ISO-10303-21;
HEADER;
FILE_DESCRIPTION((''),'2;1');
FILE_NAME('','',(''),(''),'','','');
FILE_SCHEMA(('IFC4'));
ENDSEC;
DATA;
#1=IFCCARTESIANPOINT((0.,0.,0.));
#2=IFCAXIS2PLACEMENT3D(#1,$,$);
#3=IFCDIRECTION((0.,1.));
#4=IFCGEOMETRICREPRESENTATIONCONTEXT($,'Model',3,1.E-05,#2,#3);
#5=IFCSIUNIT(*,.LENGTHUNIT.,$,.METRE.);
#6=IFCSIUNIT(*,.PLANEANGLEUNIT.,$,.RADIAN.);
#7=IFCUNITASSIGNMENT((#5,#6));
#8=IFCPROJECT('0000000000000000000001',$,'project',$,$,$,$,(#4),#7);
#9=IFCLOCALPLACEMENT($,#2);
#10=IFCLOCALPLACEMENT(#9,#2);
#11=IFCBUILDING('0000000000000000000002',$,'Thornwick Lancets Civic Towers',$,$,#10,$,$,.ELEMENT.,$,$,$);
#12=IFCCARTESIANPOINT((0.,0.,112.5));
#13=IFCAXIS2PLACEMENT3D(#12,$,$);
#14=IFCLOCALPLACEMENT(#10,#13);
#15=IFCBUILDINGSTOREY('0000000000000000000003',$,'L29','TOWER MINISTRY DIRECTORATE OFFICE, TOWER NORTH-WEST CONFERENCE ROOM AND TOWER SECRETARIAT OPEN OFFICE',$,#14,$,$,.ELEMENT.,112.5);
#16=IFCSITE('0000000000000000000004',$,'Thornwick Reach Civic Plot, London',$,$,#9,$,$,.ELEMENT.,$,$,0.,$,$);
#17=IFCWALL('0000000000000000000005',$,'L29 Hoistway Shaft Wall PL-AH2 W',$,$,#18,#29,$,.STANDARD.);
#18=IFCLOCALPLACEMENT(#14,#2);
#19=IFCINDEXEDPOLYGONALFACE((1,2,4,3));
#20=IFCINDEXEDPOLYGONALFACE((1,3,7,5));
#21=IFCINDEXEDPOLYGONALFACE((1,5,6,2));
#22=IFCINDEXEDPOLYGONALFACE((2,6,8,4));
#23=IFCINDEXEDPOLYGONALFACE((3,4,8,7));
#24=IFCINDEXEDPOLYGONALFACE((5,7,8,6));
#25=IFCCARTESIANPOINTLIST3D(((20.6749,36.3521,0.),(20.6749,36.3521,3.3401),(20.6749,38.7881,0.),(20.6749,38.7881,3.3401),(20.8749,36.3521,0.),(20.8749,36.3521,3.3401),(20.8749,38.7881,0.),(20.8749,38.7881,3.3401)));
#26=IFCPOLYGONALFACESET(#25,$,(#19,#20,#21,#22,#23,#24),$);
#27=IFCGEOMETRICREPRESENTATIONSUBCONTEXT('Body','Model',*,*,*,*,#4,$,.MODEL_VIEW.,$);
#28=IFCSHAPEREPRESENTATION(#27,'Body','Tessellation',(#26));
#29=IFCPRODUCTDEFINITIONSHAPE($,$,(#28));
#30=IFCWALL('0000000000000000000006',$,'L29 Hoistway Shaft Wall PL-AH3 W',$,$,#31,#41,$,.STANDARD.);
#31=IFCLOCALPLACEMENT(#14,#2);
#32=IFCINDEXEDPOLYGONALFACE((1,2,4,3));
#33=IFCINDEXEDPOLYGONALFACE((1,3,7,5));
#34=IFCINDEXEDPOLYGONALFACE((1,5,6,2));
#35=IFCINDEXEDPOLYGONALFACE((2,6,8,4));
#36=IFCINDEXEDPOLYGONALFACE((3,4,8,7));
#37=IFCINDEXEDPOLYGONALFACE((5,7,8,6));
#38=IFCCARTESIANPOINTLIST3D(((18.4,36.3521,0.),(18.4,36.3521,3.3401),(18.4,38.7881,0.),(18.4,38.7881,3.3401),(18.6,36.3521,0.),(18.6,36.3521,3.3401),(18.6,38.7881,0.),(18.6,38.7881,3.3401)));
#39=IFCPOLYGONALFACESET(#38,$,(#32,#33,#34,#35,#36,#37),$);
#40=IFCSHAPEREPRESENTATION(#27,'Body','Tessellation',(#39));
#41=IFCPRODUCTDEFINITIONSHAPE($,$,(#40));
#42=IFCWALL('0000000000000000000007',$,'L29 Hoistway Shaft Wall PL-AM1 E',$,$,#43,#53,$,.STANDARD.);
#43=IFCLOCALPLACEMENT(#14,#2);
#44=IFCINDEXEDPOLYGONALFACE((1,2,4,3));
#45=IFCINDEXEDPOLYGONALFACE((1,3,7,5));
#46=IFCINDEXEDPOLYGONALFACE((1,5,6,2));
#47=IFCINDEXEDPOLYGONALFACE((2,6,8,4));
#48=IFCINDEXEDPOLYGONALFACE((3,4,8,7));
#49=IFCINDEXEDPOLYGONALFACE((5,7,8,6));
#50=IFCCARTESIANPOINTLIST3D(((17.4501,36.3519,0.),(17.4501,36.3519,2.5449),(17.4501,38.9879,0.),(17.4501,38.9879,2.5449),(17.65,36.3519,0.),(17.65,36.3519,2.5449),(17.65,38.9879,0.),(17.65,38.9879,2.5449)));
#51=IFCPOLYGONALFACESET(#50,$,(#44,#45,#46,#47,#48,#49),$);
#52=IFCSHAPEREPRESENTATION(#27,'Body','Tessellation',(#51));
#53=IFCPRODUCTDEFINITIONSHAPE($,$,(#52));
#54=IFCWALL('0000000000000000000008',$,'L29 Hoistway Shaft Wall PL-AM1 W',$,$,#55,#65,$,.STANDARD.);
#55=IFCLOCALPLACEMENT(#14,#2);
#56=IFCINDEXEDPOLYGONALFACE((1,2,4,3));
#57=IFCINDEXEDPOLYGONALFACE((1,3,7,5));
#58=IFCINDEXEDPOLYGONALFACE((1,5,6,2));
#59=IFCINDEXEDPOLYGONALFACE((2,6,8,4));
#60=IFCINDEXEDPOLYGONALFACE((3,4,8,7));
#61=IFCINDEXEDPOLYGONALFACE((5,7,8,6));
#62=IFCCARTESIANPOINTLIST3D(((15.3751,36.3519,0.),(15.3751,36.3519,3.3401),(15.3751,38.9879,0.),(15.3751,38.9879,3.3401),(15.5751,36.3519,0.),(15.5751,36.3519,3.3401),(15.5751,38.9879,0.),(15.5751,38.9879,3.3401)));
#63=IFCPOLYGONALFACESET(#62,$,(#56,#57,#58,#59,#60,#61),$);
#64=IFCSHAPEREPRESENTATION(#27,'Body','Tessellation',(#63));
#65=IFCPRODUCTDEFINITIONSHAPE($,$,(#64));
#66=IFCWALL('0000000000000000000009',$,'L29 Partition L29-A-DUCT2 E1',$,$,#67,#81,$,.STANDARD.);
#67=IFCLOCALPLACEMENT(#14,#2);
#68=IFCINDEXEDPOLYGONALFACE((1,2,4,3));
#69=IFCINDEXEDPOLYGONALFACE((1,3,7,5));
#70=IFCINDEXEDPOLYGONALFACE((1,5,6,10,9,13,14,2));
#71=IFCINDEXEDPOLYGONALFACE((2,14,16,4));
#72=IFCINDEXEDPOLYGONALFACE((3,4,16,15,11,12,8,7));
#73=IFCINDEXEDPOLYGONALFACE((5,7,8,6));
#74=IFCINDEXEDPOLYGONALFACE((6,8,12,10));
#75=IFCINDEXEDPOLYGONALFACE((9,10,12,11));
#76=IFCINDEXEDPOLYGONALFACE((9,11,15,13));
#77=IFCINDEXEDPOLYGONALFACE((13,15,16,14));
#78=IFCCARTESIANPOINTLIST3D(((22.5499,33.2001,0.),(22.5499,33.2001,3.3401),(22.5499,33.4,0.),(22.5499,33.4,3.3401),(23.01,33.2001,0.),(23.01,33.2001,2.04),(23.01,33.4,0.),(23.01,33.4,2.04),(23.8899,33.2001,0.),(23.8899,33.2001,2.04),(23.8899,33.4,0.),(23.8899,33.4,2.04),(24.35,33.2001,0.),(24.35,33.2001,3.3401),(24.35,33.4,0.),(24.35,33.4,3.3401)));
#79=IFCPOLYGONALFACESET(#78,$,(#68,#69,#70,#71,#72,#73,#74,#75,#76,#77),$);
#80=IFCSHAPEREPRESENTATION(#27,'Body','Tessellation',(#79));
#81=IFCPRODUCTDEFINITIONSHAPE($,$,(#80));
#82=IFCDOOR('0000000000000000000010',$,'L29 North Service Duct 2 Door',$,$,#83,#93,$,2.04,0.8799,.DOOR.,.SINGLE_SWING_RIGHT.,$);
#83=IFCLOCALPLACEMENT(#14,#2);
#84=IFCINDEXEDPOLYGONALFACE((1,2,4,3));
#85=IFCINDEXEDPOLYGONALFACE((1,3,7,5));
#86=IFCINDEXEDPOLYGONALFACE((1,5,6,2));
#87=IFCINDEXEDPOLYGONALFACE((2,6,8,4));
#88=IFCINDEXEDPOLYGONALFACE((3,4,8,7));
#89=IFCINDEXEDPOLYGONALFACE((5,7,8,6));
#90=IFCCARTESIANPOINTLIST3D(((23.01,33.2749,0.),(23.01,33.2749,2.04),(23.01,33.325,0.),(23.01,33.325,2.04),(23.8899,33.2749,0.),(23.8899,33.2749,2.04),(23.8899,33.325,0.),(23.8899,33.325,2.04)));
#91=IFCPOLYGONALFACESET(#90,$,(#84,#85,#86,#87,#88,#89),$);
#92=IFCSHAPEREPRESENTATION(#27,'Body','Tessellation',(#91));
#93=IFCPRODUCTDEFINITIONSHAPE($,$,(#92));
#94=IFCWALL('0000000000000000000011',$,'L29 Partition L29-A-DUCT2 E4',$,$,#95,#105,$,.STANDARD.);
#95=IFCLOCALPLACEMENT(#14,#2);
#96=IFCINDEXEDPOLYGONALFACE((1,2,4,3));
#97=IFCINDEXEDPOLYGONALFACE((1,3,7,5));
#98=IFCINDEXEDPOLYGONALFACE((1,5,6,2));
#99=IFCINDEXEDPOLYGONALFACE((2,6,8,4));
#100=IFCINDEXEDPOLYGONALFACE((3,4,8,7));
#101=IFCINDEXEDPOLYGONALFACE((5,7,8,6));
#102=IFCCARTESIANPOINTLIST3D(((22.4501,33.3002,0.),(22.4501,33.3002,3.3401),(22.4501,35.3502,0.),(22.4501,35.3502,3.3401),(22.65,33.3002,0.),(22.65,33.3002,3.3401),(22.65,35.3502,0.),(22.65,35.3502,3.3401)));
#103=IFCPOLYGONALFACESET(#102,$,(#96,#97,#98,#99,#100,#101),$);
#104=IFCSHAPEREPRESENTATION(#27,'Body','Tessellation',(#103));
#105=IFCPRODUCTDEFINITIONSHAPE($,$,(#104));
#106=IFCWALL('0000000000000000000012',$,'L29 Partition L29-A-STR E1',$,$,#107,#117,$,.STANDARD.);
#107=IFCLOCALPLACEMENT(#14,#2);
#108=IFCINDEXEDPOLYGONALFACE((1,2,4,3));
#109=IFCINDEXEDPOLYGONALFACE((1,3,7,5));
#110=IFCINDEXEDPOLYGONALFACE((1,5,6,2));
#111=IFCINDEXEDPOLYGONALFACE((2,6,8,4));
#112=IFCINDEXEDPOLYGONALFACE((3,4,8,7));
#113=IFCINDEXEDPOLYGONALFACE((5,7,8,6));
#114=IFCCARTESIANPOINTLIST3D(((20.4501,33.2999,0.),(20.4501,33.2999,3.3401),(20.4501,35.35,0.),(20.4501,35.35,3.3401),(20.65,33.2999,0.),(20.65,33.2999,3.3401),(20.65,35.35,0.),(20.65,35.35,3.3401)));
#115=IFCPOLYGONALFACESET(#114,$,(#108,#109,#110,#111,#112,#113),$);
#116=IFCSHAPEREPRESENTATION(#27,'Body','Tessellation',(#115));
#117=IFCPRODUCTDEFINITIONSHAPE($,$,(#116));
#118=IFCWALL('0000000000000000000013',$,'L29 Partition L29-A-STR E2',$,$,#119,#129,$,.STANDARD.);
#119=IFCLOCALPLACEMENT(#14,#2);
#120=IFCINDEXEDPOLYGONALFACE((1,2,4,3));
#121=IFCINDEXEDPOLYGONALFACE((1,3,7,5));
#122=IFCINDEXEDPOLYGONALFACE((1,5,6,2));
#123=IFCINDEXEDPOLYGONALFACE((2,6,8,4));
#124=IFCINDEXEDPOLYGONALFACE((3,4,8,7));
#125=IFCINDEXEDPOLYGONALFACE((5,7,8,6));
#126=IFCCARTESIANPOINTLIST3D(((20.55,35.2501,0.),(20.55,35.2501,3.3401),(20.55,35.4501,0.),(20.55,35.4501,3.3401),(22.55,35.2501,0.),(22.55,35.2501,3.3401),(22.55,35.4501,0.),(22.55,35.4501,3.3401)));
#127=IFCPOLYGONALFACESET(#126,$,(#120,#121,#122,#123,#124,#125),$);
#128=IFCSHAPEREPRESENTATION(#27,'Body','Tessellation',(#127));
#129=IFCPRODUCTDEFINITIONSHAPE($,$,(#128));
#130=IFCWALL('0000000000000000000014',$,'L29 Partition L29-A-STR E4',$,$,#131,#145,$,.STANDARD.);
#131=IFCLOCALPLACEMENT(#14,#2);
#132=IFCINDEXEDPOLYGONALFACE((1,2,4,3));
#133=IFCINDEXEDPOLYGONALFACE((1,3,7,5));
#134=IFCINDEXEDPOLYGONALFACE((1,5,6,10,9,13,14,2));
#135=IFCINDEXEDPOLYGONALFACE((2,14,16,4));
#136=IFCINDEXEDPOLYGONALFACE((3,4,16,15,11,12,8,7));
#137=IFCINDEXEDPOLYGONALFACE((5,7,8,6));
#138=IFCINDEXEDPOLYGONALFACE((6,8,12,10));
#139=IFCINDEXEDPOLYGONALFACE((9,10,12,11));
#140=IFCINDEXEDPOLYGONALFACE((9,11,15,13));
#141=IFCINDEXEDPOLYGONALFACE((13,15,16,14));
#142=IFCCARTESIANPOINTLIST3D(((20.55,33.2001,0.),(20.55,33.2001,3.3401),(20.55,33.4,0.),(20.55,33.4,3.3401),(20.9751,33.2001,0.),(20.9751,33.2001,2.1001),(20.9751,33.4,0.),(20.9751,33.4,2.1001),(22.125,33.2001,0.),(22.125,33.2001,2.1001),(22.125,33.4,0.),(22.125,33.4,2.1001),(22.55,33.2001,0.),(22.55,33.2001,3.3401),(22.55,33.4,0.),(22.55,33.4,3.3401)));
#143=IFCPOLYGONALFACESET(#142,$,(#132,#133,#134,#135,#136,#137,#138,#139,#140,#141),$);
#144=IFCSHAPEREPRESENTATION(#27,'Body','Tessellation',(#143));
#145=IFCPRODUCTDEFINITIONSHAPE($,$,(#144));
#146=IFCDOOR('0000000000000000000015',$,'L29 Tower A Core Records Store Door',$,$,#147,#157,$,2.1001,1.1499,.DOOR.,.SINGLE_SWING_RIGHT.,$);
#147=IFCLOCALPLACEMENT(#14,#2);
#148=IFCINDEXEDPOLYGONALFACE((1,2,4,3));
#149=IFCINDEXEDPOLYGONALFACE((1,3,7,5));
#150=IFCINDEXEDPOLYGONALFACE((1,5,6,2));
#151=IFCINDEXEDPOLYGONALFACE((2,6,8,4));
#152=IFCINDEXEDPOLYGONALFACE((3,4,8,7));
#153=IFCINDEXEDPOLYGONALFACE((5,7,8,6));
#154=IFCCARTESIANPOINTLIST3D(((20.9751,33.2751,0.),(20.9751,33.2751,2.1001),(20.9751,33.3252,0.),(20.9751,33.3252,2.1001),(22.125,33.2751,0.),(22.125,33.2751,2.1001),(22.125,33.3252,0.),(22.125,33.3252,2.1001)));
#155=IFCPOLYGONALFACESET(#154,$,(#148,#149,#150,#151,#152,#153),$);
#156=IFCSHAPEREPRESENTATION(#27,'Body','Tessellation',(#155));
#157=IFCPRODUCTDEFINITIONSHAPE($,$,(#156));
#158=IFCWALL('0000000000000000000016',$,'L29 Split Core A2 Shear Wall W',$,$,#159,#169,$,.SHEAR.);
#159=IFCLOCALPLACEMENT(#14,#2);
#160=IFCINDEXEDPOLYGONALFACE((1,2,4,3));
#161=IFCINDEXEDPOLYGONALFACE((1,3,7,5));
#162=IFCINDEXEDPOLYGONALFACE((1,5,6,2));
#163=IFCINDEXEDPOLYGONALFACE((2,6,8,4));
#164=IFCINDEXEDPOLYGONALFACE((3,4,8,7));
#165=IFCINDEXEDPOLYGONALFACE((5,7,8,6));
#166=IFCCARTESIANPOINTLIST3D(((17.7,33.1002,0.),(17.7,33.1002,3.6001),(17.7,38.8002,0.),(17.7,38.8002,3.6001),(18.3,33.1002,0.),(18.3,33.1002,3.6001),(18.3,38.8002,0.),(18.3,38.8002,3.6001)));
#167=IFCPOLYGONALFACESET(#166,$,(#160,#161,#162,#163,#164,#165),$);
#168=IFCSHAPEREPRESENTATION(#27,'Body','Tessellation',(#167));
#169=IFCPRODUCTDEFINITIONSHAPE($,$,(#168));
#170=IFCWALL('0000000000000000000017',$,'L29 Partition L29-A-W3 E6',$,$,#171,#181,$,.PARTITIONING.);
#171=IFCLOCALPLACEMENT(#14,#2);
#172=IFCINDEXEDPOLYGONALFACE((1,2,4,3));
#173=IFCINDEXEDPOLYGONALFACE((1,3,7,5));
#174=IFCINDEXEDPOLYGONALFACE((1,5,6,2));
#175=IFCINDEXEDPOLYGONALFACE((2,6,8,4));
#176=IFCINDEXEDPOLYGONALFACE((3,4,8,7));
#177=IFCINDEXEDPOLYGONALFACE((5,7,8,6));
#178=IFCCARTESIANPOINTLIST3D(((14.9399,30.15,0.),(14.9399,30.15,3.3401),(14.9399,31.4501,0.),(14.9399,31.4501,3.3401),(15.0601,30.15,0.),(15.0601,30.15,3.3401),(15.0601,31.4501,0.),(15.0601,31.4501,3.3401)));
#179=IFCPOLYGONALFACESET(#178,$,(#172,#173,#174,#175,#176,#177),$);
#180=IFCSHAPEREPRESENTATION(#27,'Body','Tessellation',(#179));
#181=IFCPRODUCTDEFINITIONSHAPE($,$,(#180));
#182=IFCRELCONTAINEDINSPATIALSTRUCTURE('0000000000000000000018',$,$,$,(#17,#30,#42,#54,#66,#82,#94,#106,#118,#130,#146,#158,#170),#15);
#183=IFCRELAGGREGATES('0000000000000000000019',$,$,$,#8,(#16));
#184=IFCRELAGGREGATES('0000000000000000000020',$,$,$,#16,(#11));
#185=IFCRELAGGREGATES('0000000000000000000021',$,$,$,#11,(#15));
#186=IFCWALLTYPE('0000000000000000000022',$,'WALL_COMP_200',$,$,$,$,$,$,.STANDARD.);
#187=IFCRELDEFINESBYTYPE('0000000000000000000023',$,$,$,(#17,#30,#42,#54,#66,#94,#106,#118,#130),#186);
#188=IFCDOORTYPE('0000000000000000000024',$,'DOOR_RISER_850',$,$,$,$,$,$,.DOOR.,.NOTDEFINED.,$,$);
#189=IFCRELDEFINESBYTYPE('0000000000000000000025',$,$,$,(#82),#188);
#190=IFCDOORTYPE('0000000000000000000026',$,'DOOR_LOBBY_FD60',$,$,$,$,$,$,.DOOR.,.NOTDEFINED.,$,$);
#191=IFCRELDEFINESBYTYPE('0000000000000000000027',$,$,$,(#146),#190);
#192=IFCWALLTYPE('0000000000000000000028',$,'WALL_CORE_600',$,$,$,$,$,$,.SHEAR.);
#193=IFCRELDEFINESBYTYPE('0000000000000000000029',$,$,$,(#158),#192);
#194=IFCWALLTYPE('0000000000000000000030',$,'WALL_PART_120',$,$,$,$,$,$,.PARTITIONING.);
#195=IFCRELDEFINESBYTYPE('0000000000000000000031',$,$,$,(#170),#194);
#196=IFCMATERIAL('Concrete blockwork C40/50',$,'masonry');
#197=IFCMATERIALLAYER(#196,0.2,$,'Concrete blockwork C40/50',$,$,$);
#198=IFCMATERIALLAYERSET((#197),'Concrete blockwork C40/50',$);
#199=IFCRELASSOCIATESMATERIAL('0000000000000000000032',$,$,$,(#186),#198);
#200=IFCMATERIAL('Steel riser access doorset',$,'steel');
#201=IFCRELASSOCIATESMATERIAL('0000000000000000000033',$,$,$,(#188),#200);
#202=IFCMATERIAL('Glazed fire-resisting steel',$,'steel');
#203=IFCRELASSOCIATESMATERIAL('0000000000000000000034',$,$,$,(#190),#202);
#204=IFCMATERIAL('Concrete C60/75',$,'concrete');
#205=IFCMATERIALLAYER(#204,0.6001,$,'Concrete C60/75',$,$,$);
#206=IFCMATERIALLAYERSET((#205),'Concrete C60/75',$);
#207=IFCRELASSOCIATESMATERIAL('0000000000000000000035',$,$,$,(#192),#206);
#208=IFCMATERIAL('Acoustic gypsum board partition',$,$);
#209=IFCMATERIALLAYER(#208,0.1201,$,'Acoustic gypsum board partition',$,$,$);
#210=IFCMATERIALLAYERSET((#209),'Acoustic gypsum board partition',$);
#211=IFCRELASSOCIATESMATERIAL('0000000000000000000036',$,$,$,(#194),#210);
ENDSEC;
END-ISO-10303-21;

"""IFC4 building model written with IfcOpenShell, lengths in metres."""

from ifc_helpers import new_model, si_unit, direction, frame, frame_2d, origin, place, context, subcontext, project, spatial, rectangle, extrude, material, layer, layer_set, type_object, element, fill, save


model = new_model("IFC4")

# Units and contexts
model_context = context("Model", 3, precision=1e-05, world=origin(), true_north=direction((0.0, 1.0)))
body_context = subcontext(model_context, "Body", "Model", "MODEL_VIEW")
ifc_project = project(units=[si_unit("LENGTHUNIT", "METRE"), si_unit("PLANEANGLEUNIT", "RADIAN")], contexts=[model_context])

# Site, building, storey
site_placement = place(None, origin())
site = spatial("IfcSite", under=ifc_project, at=site_placement, Name="Thornwick Reach Civic Plot, London", CompositionType="ELEMENT", RefElevation=0.0)
building_placement = place(site_placement, origin())
building = spatial("IfcBuilding", under=site, at=building_placement, Name="Thornwick Lancets Civic Towers", CompositionType="ELEMENT")
storey_placement = place(building_placement, frame((0.0, 0.0, 112.5)))
storey = spatial("IfcBuildingStorey", under=building, at=storey_placement, Name="L29", Description="TOWER MINISTRY DIRECTORATE OFFICE, TOWER NORTH-WEST CONFERENCE ROOM AND TOWER SECRETARIAT OPEN OFFICE", CompositionType="ELEMENT", Elevation=112.5)

# Walls
ifc_material_1 = material(Name="Concrete blockwork C40/50", Category="masonry")
ifc_layer_1 = layer(ifc_material_1, 0.2, Name="Concrete blockwork C40/50")
ifc_layer_set_1 = layer_set([ifc_layer_1], Name="Concrete blockwork C40/50")
wall_type_1 = type_object("IfcWallType", Name="WALL_COMP_200", PredefinedType="STANDARD", material=ifc_layer_set_1)
for number, where, z_axis, x_axis, name in (
    (1, (20.7749, 36.3521, 0.0), (0.0, 0.0, 1.0), (0.0, 1.0, 0.0), "L29 Hoistway Shaft Wall PL-AH2 W"),
    (2, (18.5, 36.3521, 0.0), (0.0, 0.0, 1.0), (0.0, 1.0, 0.0), "L29 Hoistway Shaft Wall PL-AH3 W"),
):
    element("IfcWall", number, at=place(storey_placement, frame(where, z_axis=z_axis, x_axis=x_axis)), inside=storey, type_object=wall_type_1, Name=name, PredefinedType="STANDARD", context=body_context, shape_type="SweptSolid", body=[
        extrude(rectangle(XDim=2.436, YDim=0.2, at=frame_2d((1.218, 0.0))), origin(), (0.0, 0.0, 1.0), 3.3401),
    ])
wall_1_placement = place(storey_placement, frame((17.55, 36.3521, 0.0), z_axis=(0.0, 0.0, 1.0), x_axis=(0.0, 1.0, 0.0)))
element("IfcWall", 3, at=wall_1_placement, inside=storey, type_object=wall_type_1, Name="L29 Hoistway Shaft Wall PL-AM1 E", PredefinedType="STANDARD", context=body_context, shape_type="SweptSolid", body=[
    extrude(rectangle(XDim=2.636, YDim=0.2, at=frame_2d((1.3179, 0.0))), origin(), (0.0, 0.0, 1.0), 2.5449),
])
wall_2_placement = place(storey_placement, frame((15.4751, 36.3521, 0.0), z_axis=(0.0, 0.0, 1.0), x_axis=(0.0, 1.0, 0.0)))
element("IfcWall", 4, at=wall_2_placement, inside=storey, type_object=wall_type_1, Name="L29 Hoistway Shaft Wall PL-AM1 W", PredefinedType="STANDARD", context=body_context, shape_type="SweptSolid", body=[
    extrude(rectangle(XDim=2.636, YDim=0.2, at=frame_2d((1.3179, 0.0))), origin(), (0.0, 0.0, 1.0), 3.3401),
])

# Wall, opening, door
wall_3_placement = place(storey_placement, frame((22.55, 33.3, 0.0), z_axis=(0.0, 0.0, 1.0), x_axis=(1.0, 0.0, 0.0)))
wall_3 = element("IfcWall", 5, at=wall_3_placement, inside=storey, type_object=wall_type_1, Name="L29 Partition L29-A-DUCT2 E1", PredefinedType="STANDARD", context=body_context, shape_type="SweptSolid", body=[
    extrude(rectangle(XDim=1.8, YDim=0.2, at=frame_2d((0.8999, 0.0))), origin(), (0.0, 0.0, 1.0), 3.3401),
])
opening_1_placement = place(wall_3_placement, frame((0.46, 0.0, 0.0)))
opening_1 = element("IfcOpeningElement", 6, at=opening_1_placement, cuts=wall_3, PredefinedType="OPENING", context=body_context, shape_type="SweptSolid", body=[
    extrude(rectangle(XDim=0.8799, YDim=2.04, at=frame_2d((0.4399, 1.02))), frame((0.0, 0.1099, 0.0), z_axis=(0.0, -1.0, 0.0), x_axis=(1.0, 0.0, 0.0)), (0.0, 0.0, 1.0), 0.22),
])
ifc_material_2 = material(Name="Steel riser access doorset", Category="steel")
door_type_1 = type_object("IfcDoorType", Name="DOOR_RISER_850", OperationType="NOTDEFINED", PredefinedType="DOOR", material=ifc_material_2)
door_1_placement = place(opening_1_placement, origin())
door_1 = element("IfcDoor", 7, at=door_1_placement, inside=storey, type_object=door_type_1, Name="L29 North Service Duct 2 Door", OperationType="SINGLE_SWING_RIGHT", OverallHeight=2.04, OverallWidth=0.8799, PredefinedType="DOOR", context=body_context, shape_type="SweptSolid", body=[
    extrude(rectangle(XDim=0.8799, YDim=2.04, at=frame_2d((0.4399, 1.02))), frame((0.0, 0.0249, 0.0), z_axis=(0.0, -1.0, 0.0), x_axis=(1.0, 0.0, 0.0)), (0.0, 0.0, 1.0), 0.05),
])
fill(opening_1, door_1)

# Walls
for number, where, z_axis, x_axis, name in (
    (8, (22.55, 35.3501, 0.0), (0.0, 0.0, 1.0), (0.0, -1.0, 0.0), "L29 Partition L29-A-DUCT2 E4"),
    (9, (20.55, 33.3, 0.0), (0.0, 0.0, 1.0), (0.0, 1.0, 0.0), "L29 Partition L29-A-STR E1"),
):
    element("IfcWall", number, at=place(storey_placement, frame(where, z_axis=z_axis, x_axis=x_axis)), inside=storey, type_object=wall_type_1, Name=name, PredefinedType="STANDARD", context=body_context, shape_type="SweptSolid", body=[
        extrude(rectangle(XDim=2.05, YDim=0.2, at=frame_2d((1.0249, 0.0))), origin(), (0.0, 0.0, 1.0), 3.3401),
    ])
wall_4_placement = place(storey_placement, frame((20.55, 35.3501, 0.0), z_axis=(0.0, 0.0, 1.0), x_axis=(1.0, 0.0, 0.0)))
element("IfcWall", 10, at=wall_4_placement, inside=storey, type_object=wall_type_1, Name="L29 Partition L29-A-STR E2", PredefinedType="STANDARD", context=body_context, shape_type="SweptSolid", body=[
    extrude(rectangle(XDim=2.0, YDim=0.2, at=frame_2d((1.0, 0.0))), origin(), (0.0, 0.0, 1.0), 3.3401),
])

# Wall, opening, door
wall_5_placement = place(storey_placement, frame((22.55, 33.3, 0.0), z_axis=(0.0, 0.0, 1.0), x_axis=(-1.0, 0.0, 0.0)))
wall_5 = element("IfcWall", 11, at=wall_5_placement, inside=storey, type_object=wall_type_1, Name="L29 Partition L29-A-STR E4", PredefinedType="STANDARD", context=body_context, shape_type="SweptSolid", body=[
    extrude(rectangle(XDim=2.0, YDim=0.2, at=frame_2d((1.0, 0.0))), origin(), (0.0, 0.0, 1.0), 3.3401),
])
opening_2_placement = place(wall_5_placement, frame((0.425, 0.0, 0.0)))
opening_2 = element("IfcOpeningElement", 12, at=opening_2_placement, cuts=wall_5, PredefinedType="OPENING", context=body_context, shape_type="SweptSolid", body=[
    extrude(rectangle(XDim=1.1499, YDim=2.1001, at=frame_2d((0.575, 1.05))), frame((0.0, 0.1099, 0.0), z_axis=(0.0, -1.0, 0.0), x_axis=(1.0, 0.0, 0.0)), (0.0, 0.0, 1.0), 0.22),
])
ifc_material_3 = material(Name="Glazed fire-resisting steel", Category="steel")
door_type_2 = type_object("IfcDoorType", Name="DOOR_LOBBY_FD60", OperationType="NOTDEFINED", PredefinedType="DOOR", material=ifc_material_3)
door_2_placement = place(opening_2_placement, origin())
door_2 = element("IfcDoor", 13, at=door_2_placement, inside=storey, type_object=door_type_2, Name="L29 Tower A Core Records Store Door", OperationType="SINGLE_SWING_RIGHT", OverallHeight=2.1001, OverallWidth=1.1499, PredefinedType="DOOR", context=body_context, shape_type="SweptSolid", body=[
    extrude(rectangle(XDim=1.1499, YDim=2.1001, at=frame_2d((0.575, 1.05))), frame((0.0, 0.0249, 0.0), z_axis=(0.0, -1.0, 0.0), x_axis=(1.0, 0.0, 0.0)), (0.0, 0.0, 1.0), 0.05),
])
fill(opening_2, door_2)

# Walls
ifc_material_4 = material(Name="Concrete C60/75", Category="concrete")
ifc_layer_2 = layer(ifc_material_4, 0.6001, Name="Concrete C60/75")
ifc_layer_set_2 = layer_set([ifc_layer_2], Name="Concrete C60/75")
wall_type_2 = type_object("IfcWallType", Name="WALL_CORE_600", PredefinedType="SHEAR", material=ifc_layer_set_2)
wall_6_placement = place(storey_placement, frame((18.0, 33.1001, 0.0), z_axis=(0.0, 0.0, 1.0), x_axis=(0.0, 1.0, 0.0)))
element("IfcWall", 14, at=wall_6_placement, inside=storey, type_object=wall_type_2, Name="L29 Split Core A2 Shear Wall W", PredefinedType="SHEAR", context=body_context, shape_type="SweptSolid", body=[
    extrude(rectangle(XDim=5.7, YDim=0.6001, at=frame_2d((2.8501, 0.0))), origin(), (0.0, 0.0, 1.0), 3.6001),
])
ifc_material_5 = material(Name="Acoustic gypsum board partition")
ifc_layer_3 = layer(ifc_material_5, 0.1201, Name="Acoustic gypsum board partition")
ifc_layer_set_3 = layer_set([ifc_layer_3], Name="Acoustic gypsum board partition")
wall_type_3 = type_object("IfcWallType", Name="WALL_PART_120", PredefinedType="PARTITIONING", material=ifc_layer_set_3)
wall_7_placement = place(storey_placement, frame((15.0, 31.45, 0.0), z_axis=(0.0, 0.0, 1.0), x_axis=(0.0, -1.0, 0.0)))
element("IfcWall", 15, at=wall_7_placement, inside=storey, type_object=wall_type_3, Name="L29 Partition L29-A-W3 E6", PredefinedType="PARTITIONING", context=body_context, shape_type="SweptSolid", body=[
    extrude(rectangle(XDim=1.3, YDim=0.1201, at=frame_2d((0.6499, 0.0))), origin(), (0.0, 0.0, 1.0), 3.3401),
])

save(model, "model.ifc")
